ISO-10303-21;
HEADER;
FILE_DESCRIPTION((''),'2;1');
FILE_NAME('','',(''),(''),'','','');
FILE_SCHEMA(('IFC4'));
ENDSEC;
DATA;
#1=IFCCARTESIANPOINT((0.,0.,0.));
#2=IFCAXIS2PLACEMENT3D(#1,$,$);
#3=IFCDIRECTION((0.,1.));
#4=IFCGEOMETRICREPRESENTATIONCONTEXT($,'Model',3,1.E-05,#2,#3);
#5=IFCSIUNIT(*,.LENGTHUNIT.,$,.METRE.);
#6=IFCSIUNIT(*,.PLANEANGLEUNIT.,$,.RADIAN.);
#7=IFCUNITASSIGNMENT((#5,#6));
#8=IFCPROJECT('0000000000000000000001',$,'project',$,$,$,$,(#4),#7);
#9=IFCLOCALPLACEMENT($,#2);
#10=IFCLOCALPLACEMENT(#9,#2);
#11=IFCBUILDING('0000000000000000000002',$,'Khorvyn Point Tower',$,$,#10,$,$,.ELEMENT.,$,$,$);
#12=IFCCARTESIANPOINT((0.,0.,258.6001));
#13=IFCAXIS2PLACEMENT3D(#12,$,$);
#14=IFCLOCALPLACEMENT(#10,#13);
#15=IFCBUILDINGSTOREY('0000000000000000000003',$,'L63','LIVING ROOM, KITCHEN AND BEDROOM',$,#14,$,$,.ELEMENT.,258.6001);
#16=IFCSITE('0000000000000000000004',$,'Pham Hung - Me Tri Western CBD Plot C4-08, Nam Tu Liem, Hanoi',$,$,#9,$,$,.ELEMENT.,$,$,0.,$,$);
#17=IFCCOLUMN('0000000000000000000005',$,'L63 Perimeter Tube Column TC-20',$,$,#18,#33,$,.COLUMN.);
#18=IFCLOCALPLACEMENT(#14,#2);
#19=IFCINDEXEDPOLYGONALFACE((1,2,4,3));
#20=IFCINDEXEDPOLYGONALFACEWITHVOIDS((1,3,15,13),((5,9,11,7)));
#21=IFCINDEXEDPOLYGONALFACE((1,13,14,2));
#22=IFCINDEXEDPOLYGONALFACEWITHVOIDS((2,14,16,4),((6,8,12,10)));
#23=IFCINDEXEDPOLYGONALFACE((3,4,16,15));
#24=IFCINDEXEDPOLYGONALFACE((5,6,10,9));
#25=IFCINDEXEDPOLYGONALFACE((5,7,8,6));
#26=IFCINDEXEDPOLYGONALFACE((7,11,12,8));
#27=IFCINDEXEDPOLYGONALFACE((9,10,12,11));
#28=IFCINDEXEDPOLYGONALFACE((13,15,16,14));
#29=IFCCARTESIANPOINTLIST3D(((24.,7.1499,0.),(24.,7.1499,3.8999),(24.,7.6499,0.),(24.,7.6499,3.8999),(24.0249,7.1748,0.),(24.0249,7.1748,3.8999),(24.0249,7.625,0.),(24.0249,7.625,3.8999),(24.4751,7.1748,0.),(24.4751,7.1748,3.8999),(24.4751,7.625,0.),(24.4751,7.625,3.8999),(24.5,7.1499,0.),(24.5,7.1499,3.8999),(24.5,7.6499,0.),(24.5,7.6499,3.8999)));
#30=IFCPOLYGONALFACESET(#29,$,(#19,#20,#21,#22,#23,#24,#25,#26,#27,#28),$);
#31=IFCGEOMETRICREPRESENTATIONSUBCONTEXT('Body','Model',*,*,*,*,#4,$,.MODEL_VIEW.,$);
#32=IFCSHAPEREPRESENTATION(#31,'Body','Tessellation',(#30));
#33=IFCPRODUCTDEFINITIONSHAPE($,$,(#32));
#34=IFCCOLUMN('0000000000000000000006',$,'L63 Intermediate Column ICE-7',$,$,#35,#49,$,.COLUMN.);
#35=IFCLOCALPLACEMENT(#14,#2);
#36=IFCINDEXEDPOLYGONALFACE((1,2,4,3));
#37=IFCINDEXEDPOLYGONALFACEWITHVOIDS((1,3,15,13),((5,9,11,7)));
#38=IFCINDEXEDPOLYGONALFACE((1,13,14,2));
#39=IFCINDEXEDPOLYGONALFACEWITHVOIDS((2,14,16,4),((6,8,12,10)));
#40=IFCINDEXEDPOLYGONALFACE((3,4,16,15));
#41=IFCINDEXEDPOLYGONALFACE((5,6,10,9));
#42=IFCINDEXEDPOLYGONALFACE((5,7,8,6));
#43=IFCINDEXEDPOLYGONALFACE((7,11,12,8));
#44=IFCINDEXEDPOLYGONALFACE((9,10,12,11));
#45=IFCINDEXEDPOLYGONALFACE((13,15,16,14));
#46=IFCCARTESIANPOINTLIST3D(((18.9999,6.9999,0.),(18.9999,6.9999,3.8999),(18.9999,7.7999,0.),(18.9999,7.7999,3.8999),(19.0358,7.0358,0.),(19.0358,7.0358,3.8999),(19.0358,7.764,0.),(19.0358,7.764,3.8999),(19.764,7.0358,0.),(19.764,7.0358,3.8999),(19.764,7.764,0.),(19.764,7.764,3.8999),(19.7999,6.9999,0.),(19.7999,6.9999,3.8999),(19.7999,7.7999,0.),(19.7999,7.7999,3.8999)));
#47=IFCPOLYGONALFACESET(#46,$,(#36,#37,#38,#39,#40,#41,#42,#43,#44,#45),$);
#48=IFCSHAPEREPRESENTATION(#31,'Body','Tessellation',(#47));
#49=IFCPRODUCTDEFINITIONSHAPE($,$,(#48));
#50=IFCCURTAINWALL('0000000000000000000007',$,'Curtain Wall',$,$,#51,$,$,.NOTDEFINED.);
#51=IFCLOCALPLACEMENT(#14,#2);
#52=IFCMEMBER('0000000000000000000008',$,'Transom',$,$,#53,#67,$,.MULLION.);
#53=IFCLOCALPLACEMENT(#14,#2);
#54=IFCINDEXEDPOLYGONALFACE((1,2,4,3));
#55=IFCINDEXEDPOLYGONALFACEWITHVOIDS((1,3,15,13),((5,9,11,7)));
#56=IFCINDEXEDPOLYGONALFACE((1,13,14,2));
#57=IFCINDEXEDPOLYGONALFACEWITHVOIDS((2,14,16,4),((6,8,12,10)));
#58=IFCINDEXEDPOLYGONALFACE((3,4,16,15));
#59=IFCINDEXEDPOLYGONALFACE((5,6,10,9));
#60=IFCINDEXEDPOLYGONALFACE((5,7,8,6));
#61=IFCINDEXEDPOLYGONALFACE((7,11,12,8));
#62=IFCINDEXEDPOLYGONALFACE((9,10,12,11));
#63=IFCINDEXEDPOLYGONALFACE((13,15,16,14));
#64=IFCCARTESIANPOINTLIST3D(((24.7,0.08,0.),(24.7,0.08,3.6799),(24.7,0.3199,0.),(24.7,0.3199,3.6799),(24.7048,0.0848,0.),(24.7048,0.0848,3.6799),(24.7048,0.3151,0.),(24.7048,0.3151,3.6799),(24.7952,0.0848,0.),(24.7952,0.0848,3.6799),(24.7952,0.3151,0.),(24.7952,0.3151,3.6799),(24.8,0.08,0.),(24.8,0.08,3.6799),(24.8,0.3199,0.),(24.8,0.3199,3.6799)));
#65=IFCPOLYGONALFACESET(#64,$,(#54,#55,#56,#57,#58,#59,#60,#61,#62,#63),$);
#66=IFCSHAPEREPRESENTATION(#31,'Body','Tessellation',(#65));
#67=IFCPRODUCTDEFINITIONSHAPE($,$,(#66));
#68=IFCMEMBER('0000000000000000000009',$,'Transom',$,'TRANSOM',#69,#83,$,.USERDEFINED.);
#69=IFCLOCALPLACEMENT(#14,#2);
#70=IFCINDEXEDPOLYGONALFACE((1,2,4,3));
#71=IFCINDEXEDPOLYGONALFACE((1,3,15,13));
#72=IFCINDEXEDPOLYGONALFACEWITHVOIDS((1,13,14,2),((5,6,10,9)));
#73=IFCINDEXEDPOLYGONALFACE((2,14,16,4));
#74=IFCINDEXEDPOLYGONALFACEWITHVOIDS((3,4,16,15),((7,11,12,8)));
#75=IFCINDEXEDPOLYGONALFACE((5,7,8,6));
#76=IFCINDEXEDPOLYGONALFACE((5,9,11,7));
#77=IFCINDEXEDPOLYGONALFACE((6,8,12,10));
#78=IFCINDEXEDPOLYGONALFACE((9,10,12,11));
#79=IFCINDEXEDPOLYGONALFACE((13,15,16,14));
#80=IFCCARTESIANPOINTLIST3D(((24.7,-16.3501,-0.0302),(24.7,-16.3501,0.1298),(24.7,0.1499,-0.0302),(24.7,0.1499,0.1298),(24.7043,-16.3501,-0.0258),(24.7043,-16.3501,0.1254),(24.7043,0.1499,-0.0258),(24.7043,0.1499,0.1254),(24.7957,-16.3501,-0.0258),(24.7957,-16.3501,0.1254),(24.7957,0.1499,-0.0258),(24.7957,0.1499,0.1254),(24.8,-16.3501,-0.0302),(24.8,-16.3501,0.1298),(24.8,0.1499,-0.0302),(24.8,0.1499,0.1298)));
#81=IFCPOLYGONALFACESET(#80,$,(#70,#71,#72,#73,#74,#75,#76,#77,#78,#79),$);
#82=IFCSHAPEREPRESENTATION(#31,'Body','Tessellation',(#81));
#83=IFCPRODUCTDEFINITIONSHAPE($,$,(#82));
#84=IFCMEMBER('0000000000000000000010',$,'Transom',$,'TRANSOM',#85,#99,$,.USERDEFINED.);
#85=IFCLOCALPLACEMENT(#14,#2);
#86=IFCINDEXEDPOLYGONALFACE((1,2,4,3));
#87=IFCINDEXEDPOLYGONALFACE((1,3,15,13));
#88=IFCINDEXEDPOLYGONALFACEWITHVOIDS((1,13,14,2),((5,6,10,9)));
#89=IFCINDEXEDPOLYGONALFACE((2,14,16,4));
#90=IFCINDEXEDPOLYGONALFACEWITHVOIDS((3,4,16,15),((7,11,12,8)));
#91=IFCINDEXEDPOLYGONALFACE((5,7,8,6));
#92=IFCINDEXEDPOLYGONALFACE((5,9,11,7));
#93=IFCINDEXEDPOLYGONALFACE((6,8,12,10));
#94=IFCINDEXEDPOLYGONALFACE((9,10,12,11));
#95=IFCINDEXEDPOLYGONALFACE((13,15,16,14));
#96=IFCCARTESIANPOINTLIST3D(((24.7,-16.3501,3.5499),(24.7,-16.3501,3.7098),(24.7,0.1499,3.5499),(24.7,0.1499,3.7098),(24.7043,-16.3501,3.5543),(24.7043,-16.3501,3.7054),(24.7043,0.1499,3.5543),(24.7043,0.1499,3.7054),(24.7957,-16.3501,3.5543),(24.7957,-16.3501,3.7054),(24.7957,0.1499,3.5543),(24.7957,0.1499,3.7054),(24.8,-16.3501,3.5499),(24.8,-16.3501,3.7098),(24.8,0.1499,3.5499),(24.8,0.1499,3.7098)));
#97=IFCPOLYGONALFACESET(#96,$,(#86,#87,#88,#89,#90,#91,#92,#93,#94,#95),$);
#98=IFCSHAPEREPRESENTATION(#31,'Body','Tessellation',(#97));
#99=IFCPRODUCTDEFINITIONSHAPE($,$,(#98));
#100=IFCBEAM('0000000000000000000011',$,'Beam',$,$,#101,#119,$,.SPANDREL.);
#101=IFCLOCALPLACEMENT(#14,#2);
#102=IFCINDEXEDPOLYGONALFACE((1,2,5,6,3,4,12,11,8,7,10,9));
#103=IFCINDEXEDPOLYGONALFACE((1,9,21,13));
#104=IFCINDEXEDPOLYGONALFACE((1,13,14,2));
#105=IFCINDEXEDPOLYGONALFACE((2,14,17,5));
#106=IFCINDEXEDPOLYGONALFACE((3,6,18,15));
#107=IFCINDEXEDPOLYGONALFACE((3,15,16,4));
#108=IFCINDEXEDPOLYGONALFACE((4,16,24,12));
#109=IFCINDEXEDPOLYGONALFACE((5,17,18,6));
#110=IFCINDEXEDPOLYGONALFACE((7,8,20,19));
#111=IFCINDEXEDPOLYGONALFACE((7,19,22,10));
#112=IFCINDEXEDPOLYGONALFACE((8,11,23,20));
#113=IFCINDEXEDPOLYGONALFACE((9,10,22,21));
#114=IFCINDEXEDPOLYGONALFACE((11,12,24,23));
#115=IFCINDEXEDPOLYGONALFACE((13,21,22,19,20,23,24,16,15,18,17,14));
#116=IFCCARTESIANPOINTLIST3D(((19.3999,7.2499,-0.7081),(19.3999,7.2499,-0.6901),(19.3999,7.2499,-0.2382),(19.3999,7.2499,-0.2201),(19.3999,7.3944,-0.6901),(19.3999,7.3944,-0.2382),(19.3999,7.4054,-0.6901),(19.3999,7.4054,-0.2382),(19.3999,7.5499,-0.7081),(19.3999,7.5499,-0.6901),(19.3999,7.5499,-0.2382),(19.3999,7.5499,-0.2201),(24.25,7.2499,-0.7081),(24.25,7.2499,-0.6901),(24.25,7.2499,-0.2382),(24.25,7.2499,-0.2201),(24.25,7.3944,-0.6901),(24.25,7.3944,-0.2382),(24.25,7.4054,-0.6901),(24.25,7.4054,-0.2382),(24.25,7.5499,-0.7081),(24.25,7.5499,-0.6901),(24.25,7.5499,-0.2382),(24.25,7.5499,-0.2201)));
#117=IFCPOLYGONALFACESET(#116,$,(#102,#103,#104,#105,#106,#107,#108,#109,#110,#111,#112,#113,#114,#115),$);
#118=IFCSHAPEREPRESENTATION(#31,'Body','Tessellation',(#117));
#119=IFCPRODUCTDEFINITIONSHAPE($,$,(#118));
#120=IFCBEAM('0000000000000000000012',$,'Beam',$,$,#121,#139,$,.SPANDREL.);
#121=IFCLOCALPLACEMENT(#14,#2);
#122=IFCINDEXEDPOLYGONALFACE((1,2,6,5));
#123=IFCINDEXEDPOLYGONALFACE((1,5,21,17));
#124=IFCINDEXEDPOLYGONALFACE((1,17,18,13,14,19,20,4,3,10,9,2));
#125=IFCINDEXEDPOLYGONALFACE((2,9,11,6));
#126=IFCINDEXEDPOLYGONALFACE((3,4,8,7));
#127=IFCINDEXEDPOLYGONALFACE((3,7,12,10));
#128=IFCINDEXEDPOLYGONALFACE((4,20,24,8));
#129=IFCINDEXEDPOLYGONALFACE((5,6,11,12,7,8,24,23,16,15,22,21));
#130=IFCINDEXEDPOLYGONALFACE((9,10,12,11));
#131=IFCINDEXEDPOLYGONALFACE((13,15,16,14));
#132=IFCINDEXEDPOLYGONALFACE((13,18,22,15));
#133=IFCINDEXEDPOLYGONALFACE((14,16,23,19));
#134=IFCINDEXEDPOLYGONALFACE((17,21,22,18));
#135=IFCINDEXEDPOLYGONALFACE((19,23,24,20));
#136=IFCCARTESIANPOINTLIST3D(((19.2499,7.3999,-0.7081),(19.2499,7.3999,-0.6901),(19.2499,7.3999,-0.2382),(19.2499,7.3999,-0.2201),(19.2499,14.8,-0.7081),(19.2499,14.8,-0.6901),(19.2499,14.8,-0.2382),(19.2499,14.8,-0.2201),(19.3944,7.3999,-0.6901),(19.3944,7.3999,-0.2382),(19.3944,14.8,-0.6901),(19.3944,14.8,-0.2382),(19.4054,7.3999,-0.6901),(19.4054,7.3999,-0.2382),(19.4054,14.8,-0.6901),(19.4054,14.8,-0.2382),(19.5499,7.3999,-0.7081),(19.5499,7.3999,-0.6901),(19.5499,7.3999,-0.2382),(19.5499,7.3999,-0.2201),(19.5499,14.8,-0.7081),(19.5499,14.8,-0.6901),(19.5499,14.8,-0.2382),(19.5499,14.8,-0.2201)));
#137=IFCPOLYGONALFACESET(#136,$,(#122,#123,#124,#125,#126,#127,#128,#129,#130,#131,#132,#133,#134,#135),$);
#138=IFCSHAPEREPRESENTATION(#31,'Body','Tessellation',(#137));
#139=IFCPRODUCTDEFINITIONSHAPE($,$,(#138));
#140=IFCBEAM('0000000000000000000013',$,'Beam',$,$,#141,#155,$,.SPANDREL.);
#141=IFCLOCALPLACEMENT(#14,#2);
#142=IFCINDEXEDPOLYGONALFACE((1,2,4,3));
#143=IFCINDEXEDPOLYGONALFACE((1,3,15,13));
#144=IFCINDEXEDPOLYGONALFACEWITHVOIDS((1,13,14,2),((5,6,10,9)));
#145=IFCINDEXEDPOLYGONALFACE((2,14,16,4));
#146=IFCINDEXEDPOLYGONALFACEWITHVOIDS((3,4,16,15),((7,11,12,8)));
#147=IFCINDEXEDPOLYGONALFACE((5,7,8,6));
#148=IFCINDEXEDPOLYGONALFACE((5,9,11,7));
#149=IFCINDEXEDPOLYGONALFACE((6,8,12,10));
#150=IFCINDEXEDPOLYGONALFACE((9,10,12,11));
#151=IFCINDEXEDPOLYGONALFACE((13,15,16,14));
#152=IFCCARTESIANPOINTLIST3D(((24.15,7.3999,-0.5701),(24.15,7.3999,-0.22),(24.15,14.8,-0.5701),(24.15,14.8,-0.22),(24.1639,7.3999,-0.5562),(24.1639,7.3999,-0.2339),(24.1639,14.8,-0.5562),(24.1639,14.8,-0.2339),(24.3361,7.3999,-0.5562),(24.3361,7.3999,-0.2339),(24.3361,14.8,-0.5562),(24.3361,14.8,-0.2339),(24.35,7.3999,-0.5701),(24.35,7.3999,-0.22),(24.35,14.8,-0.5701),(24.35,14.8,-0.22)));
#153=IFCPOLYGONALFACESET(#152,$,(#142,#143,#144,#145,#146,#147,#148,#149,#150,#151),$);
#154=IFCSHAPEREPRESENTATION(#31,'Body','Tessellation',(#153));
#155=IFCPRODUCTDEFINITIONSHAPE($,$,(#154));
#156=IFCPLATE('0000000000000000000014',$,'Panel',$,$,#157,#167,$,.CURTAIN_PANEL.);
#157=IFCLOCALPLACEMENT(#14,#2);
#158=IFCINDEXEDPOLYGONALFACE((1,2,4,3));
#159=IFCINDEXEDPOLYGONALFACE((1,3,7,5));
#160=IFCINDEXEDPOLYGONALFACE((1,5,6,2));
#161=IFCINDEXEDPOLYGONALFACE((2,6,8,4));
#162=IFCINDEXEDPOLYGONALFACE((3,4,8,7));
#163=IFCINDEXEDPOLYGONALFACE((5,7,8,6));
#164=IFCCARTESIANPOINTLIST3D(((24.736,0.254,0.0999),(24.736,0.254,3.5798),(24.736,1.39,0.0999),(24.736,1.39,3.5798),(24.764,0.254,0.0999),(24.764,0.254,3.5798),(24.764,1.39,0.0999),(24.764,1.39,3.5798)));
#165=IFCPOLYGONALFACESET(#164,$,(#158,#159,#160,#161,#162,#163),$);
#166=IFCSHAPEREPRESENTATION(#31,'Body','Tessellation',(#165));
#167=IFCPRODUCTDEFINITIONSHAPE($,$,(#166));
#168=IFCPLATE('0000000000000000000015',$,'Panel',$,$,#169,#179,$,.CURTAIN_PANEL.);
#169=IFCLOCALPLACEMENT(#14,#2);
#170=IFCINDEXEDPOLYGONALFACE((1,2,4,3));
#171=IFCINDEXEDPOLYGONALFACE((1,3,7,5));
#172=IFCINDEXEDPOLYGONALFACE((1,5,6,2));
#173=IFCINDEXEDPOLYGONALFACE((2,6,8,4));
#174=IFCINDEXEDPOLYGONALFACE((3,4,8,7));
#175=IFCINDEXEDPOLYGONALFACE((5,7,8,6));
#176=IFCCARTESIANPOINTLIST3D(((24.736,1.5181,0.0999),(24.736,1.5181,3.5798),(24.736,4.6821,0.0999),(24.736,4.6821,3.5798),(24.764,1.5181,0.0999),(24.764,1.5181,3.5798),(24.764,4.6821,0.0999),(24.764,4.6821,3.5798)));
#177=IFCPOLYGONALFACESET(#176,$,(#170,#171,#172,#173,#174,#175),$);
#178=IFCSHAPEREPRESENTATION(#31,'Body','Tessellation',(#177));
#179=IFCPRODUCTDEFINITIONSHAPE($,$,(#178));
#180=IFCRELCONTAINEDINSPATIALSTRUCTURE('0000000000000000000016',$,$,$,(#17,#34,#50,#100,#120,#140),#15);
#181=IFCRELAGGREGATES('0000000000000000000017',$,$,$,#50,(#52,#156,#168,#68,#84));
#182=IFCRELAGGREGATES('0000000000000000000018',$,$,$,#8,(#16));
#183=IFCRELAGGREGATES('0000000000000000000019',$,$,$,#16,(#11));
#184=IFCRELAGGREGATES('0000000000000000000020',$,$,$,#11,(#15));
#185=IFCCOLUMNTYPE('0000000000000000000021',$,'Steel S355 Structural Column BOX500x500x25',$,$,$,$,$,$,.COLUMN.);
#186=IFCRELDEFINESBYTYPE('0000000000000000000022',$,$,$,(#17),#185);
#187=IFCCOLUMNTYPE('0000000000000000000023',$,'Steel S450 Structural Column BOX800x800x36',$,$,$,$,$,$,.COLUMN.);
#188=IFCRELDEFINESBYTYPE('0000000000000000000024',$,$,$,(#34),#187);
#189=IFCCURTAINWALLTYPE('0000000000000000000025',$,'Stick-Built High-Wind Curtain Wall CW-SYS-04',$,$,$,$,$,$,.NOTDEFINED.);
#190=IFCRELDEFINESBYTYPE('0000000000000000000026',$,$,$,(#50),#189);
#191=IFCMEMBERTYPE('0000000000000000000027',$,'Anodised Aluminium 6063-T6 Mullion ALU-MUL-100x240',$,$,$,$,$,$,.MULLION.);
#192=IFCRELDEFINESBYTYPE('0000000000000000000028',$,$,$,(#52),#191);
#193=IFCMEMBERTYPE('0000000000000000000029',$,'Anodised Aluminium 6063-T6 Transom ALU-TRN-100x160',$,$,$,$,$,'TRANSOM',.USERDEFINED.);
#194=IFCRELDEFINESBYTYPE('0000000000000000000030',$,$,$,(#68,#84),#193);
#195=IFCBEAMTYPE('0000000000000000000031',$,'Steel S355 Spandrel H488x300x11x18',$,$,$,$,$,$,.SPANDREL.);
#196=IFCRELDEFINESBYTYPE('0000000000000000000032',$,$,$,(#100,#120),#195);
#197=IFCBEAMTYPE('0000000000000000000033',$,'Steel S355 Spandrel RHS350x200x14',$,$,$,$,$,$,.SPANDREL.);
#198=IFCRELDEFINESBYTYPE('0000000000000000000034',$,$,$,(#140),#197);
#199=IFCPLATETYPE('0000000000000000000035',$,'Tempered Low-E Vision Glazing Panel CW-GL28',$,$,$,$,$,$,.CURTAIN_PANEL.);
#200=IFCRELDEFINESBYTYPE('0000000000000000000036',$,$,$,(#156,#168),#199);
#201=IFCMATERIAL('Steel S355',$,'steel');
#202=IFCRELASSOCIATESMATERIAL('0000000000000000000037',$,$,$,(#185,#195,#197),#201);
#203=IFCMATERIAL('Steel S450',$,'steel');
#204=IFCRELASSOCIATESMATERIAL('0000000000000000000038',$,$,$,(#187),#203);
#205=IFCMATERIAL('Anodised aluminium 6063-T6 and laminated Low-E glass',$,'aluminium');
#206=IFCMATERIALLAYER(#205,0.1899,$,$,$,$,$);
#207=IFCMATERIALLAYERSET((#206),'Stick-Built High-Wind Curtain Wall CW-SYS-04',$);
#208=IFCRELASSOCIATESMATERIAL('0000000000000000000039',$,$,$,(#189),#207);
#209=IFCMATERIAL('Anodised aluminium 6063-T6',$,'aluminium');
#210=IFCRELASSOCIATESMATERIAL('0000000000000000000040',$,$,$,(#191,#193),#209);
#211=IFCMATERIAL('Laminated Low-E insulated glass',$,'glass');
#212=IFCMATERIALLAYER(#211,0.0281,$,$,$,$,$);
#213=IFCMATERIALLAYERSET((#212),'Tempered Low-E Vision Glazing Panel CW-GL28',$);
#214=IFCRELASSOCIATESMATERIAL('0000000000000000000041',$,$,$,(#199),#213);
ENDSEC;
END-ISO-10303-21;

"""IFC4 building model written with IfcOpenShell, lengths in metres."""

from ifc_helpers import new_model, si_unit, direction, frame, origin, origin_2d, place, context, subcontext, project, spatial, rectangle, hollow_rectangle, i_section, extrude, material, layer, layer_set, material_profile, profile_set, type_object, element, aggregate, save


model = new_model("IFC4")

# Units and contexts
model_context = context("Model", 3, precision=1e-05, world=origin(), true_north=direction((0.0, 1.0)))
body_context = subcontext(model_context, "Body", "Model", "MODEL_VIEW")
ifc_project = project(units=[si_unit("LENGTHUNIT", "METRE"), si_unit("PLANEANGLEUNIT", "RADIAN")], contexts=[model_context])

# Site, building, storey
site_placement = place(None, origin())
site = spatial("IfcSite", under=ifc_project, at=site_placement, Name="Pham Hung - Me Tri Western CBD Plot C4-08, Nam Tu Liem, Hanoi", CompositionType="ELEMENT", RefElevation=0.0)
building_placement = place(site_placement, origin())
building = spatial("IfcBuilding", under=site, at=building_placement, Name="Khorvyn Point Tower", CompositionType="ELEMENT")
storey_placement = place(building_placement, frame((0.0, 0.0, 258.6001)))
storey = spatial("IfcBuildingStorey", under=building, at=storey_placement, Name="L63", Description="LIVING ROOM, KITCHEN AND BEDROOM", CompositionType="ELEMENT", Elevation=258.6001)

# Columns
ifc_material_1 = material(Name="Steel S355", Category="steel")
ifc_material_profile_1 = material_profile(ifc_material_1, hollow_rectangle(XDim=0.5, YDim=0.5, WallThickness=0.0249, at=origin_2d()))
ifc_profile_set_1 = profile_set([ifc_material_profile_1], Name="Steel S355 BOX500x500x25")
column_type_1 = type_object("IfcColumnType", Name="Steel S355 Structural Column BOX500x500x25", PredefinedType="COLUMN", material=ifc_profile_set_1)
column_1_placement = place(storey_placement, frame((24.25, 7.3999, 0.0), z_axis=(0.0, 0.0, 1.0), x_axis=(1.0, 0.0, 0.0)))
element("IfcColumn", 1, at=column_1_placement, inside=storey, type_object=column_type_1, Name="L63 Perimeter Tube Column TC-20", PredefinedType="COLUMN", context=body_context, shape_type="SweptSolid", body=[
    extrude(hollow_rectangle(XDim=0.5, YDim=0.5, WallThickness=0.0249, at=origin_2d()), origin(), (0.0, 0.0, 1.0), 3.8999),
])
ifc_material_2 = material(Name="Steel S450", Category="steel")
ifc_material_profile_2 = material_profile(ifc_material_2, hollow_rectangle(XDim=0.8, YDim=0.8, WallThickness=0.0359, at=origin_2d()))
ifc_profile_set_2 = profile_set([ifc_material_profile_2], Name="Steel S450 BOX800x800x36")
column_type_2 = type_object("IfcColumnType", Name="Steel S450 Structural Column BOX800x800x36", PredefinedType="COLUMN", material=ifc_profile_set_2)
column_2_placement = place(storey_placement, frame((19.3999, 7.3999, 0.0), z_axis=(0.0, 0.0, 1.0), x_axis=(1.0, 0.0, 0.0)))
element("IfcColumn", 2, at=column_2_placement, inside=storey, type_object=column_type_2, Name="L63 Intermediate Column ICE-7", PredefinedType="COLUMN", context=body_context, shape_type="SweptSolid", body=[
    extrude(hollow_rectangle(XDim=0.8, YDim=0.8, WallThickness=0.0359, at=origin_2d()), origin(), (0.0, 0.0, 1.0), 3.8999),
])

# Curtain wall, members
ifc_material_3 = material(Name="Anodised aluminium 6063-T6 and laminated Low-E glass", Category="aluminium")
ifc_layer_1 = layer(ifc_material_3, 0.1899)
ifc_layer_set_1 = layer_set([ifc_layer_1], Name="Stick-Built High-Wind Curtain Wall CW-SYS-04")
curtain_wall_type = type_object("IfcCurtainWallType", Name="Stick-Built High-Wind Curtain Wall CW-SYS-04", PredefinedType="NOTDEFINED", material=ifc_layer_set_1)
curtain_wall_placement = place(storey_placement, origin())
curtain_wall = element("IfcCurtainWall", 3, at=curtain_wall_placement, inside=storey, type_object=curtain_wall_type, Name="Curtain Wall", PredefinedType="NOTDEFINED")
ifc_material_4 = material(Name="Anodised aluminium 6063-T6", Category="aluminium")
ifc_material_profile_3 = material_profile(ifc_material_4, hollow_rectangle(XDim=0.1001, YDim=0.24, WallThickness=0.0049, at=origin_2d()))
ifc_profile_set_3 = profile_set([ifc_material_profile_3], Name="Anodised aluminium 6063-T6 ALU-MUL-100x240")
member_type_1 = type_object("IfcMemberType", Name="Anodised Aluminium 6063-T6 Mullion ALU-MUL-100x240", PredefinedType="MULLION", material=ifc_profile_set_3)
member_1_placement = place(storey_placement, frame((24.75, 0.2, 0.0), z_axis=(0.0, 0.0, 1.0), x_axis=(1.0, 0.0, 0.0)))
member_1 = element("IfcMember", 4, at=member_1_placement, type_object=member_type_1, Name="Transom", PredefinedType="MULLION", context=body_context, shape_type="SweptSolid", body=[
    extrude(hollow_rectangle(XDim=0.1001, YDim=0.24, WallThickness=0.0049, at=origin_2d()), origin(), (0.0, 0.0, 1.0), 3.6799),
])
ifc_material_profile_4 = material_profile(ifc_material_4, hollow_rectangle(XDim=0.1001, YDim=0.1599, WallThickness=0.0044, at=origin_2d()))
ifc_profile_set_4 = profile_set([ifc_material_profile_4], Name="Anodised aluminium 6063-T6 ALU-TRN-100x160")
member_type_2 = type_object("IfcMemberType", Name="Anodised Aluminium 6063-T6 Transom ALU-TRN-100x160", ElementType="TRANSOM", PredefinedType="USERDEFINED", material=ifc_profile_set_4)
member_2_placement = place(storey_placement, frame((24.75, 0.1499, 0.0498), z_axis=(0.0, -1.0, 0.0), x_axis=(1.0, 0.0, 0.0)))
member_2 = element("IfcMember", 5, at=member_2_placement, type_object=member_type_2, Name="Transom", ObjectType="TRANSOM", PredefinedType="USERDEFINED", context=body_context, shape_type="SweptSolid", body=[
    extrude(hollow_rectangle(XDim=0.1001, YDim=0.1599, WallThickness=0.0044, at=origin_2d()), origin(), (0.0, 0.0, 1.0), 16.5),
])
member_3_placement = place(storey_placement, frame((24.75, 0.1499, 3.6299), z_axis=(0.0, -1.0, 0.0), x_axis=(1.0, 0.0, 0.0)))
member_3 = element("IfcMember", 6, at=member_3_placement, type_object=member_type_2, Name="Transom", ObjectType="TRANSOM", PredefinedType="USERDEFINED", context=body_context, shape_type="SweptSolid", body=[
    extrude(hollow_rectangle(XDim=0.1001, YDim=0.1599, WallThickness=0.0044, at=origin_2d()), origin(), (0.0, 0.0, 1.0), 16.5),
])

# Beams
ifc_material_profile_5 = material_profile(ifc_material_1, i_section(OverallWidth=0.3, OverallDepth=0.488, WebThickness=0.011, FlangeThickness=0.0181, at=origin_2d()))
ifc_profile_set_5 = profile_set([ifc_material_profile_5], Name="Steel S355 H488x300x11x18")
beam_type_1 = type_object("IfcBeamType", Name="Steel S355 Spandrel H488x300x11x18", PredefinedType="SPANDREL", material=ifc_profile_set_5)
beam_1_placement = place(storey_placement, frame((19.3999, 7.3999, -0.4641), z_axis=(1.0, 0.0, 0.0), x_axis=(0.0, 1.0, 0.0)))
element("IfcBeam", 7, at=beam_1_placement, inside=storey, type_object=beam_type_1, Name="Beam", PredefinedType="SPANDREL", context=body_context, shape_type="SweptSolid", body=[
    extrude(i_section(OverallWidth=0.3, OverallDepth=0.488, WebThickness=0.011, FlangeThickness=0.0181, at=origin_2d()), origin(), (0.0, 0.0, 1.0), 4.8501),
])
beam_2_placement = place(storey_placement, frame((19.3999, 7.3999, -0.4641), z_axis=(0.0, 1.0, 0.0), x_axis=(-1.0, 0.0, 0.0)))
element("IfcBeam", 8, at=beam_2_placement, inside=storey, type_object=beam_type_1, Name="Beam", PredefinedType="SPANDREL", context=body_context, shape_type="SweptSolid", body=[
    extrude(i_section(OverallWidth=0.3, OverallDepth=0.488, WebThickness=0.011, FlangeThickness=0.0181, at=origin_2d()), origin(), (0.0, 0.0, 1.0), 7.4001),
])
ifc_material_profile_6 = material_profile(ifc_material_1, hollow_rectangle(XDim=0.2, YDim=0.3501, WallThickness=0.0139, at=origin_2d()))
ifc_profile_set_6 = profile_set([ifc_material_profile_6], Name="Steel S355 RHS350x200x14")
beam_type_2 = type_object("IfcBeamType", Name="Steel S355 Spandrel RHS350x200x14", PredefinedType="SPANDREL", material=ifc_profile_set_6)
beam_3_placement = place(storey_placement, frame((24.25, 7.3999, -0.395), z_axis=(0.0, 1.0, 0.0), x_axis=(-1.0, 0.0, 0.0)))
element("IfcBeam", 9, at=beam_3_placement, inside=storey, type_object=beam_type_2, Name="Beam", PredefinedType="SPANDREL", context=body_context, shape_type="SweptSolid", body=[
    extrude(hollow_rectangle(XDim=0.2, YDim=0.3501, WallThickness=0.0139, at=origin_2d()), origin(), (0.0, 0.0, 1.0), 7.4001),
])

# Plates
ifc_material_5 = material(Name="Laminated Low-E insulated glass", Category="glass")
ifc_layer_2 = layer(ifc_material_5, 0.0281)
ifc_layer_set_2 = layer_set([ifc_layer_2], Name="Tempered Low-E Vision Glazing Panel CW-GL28")
plate_type = type_object("IfcPlateType", Name="Tempered Low-E Vision Glazing Panel CW-GL28", PredefinedType="CURTAIN_PANEL", material=ifc_layer_set_2)
plate_1_placement = place(storey_placement, frame((24.75, 0.822, 0.0999), z_axis=(0.0, 0.0, 1.0), x_axis=(0.0, -1.0, 0.0)))
plate_1 = element("IfcPlate", 10, at=plate_1_placement, type_object=plate_type, Name="Panel", PredefinedType="CURTAIN_PANEL", context=body_context, shape_type="SweptSolid", body=[
    extrude(rectangle(XDim=1.136, YDim=0.0281, at=origin_2d()), origin(), (0.0, 0.0, 1.0), 3.48),
])
plate_2_placement = place(storey_placement, frame((24.75, 3.1001, 0.0999), z_axis=(0.0, 0.0, 1.0), x_axis=(0.0, -1.0, 0.0)))
plate_2 = element("IfcPlate", 11, at=plate_2_placement, type_object=plate_type, Name="Panel", PredefinedType="CURTAIN_PANEL", context=body_context, shape_type="SweptSolid", body=[
    extrude(rectangle(XDim=3.1641, YDim=0.0281, at=origin_2d()), origin(), (0.0, 0.0, 1.0), 3.48),
])
aggregate(curtain_wall, [member_1, plate_1, plate_2, member_2, member_3])

save(model, "model.ifc")
